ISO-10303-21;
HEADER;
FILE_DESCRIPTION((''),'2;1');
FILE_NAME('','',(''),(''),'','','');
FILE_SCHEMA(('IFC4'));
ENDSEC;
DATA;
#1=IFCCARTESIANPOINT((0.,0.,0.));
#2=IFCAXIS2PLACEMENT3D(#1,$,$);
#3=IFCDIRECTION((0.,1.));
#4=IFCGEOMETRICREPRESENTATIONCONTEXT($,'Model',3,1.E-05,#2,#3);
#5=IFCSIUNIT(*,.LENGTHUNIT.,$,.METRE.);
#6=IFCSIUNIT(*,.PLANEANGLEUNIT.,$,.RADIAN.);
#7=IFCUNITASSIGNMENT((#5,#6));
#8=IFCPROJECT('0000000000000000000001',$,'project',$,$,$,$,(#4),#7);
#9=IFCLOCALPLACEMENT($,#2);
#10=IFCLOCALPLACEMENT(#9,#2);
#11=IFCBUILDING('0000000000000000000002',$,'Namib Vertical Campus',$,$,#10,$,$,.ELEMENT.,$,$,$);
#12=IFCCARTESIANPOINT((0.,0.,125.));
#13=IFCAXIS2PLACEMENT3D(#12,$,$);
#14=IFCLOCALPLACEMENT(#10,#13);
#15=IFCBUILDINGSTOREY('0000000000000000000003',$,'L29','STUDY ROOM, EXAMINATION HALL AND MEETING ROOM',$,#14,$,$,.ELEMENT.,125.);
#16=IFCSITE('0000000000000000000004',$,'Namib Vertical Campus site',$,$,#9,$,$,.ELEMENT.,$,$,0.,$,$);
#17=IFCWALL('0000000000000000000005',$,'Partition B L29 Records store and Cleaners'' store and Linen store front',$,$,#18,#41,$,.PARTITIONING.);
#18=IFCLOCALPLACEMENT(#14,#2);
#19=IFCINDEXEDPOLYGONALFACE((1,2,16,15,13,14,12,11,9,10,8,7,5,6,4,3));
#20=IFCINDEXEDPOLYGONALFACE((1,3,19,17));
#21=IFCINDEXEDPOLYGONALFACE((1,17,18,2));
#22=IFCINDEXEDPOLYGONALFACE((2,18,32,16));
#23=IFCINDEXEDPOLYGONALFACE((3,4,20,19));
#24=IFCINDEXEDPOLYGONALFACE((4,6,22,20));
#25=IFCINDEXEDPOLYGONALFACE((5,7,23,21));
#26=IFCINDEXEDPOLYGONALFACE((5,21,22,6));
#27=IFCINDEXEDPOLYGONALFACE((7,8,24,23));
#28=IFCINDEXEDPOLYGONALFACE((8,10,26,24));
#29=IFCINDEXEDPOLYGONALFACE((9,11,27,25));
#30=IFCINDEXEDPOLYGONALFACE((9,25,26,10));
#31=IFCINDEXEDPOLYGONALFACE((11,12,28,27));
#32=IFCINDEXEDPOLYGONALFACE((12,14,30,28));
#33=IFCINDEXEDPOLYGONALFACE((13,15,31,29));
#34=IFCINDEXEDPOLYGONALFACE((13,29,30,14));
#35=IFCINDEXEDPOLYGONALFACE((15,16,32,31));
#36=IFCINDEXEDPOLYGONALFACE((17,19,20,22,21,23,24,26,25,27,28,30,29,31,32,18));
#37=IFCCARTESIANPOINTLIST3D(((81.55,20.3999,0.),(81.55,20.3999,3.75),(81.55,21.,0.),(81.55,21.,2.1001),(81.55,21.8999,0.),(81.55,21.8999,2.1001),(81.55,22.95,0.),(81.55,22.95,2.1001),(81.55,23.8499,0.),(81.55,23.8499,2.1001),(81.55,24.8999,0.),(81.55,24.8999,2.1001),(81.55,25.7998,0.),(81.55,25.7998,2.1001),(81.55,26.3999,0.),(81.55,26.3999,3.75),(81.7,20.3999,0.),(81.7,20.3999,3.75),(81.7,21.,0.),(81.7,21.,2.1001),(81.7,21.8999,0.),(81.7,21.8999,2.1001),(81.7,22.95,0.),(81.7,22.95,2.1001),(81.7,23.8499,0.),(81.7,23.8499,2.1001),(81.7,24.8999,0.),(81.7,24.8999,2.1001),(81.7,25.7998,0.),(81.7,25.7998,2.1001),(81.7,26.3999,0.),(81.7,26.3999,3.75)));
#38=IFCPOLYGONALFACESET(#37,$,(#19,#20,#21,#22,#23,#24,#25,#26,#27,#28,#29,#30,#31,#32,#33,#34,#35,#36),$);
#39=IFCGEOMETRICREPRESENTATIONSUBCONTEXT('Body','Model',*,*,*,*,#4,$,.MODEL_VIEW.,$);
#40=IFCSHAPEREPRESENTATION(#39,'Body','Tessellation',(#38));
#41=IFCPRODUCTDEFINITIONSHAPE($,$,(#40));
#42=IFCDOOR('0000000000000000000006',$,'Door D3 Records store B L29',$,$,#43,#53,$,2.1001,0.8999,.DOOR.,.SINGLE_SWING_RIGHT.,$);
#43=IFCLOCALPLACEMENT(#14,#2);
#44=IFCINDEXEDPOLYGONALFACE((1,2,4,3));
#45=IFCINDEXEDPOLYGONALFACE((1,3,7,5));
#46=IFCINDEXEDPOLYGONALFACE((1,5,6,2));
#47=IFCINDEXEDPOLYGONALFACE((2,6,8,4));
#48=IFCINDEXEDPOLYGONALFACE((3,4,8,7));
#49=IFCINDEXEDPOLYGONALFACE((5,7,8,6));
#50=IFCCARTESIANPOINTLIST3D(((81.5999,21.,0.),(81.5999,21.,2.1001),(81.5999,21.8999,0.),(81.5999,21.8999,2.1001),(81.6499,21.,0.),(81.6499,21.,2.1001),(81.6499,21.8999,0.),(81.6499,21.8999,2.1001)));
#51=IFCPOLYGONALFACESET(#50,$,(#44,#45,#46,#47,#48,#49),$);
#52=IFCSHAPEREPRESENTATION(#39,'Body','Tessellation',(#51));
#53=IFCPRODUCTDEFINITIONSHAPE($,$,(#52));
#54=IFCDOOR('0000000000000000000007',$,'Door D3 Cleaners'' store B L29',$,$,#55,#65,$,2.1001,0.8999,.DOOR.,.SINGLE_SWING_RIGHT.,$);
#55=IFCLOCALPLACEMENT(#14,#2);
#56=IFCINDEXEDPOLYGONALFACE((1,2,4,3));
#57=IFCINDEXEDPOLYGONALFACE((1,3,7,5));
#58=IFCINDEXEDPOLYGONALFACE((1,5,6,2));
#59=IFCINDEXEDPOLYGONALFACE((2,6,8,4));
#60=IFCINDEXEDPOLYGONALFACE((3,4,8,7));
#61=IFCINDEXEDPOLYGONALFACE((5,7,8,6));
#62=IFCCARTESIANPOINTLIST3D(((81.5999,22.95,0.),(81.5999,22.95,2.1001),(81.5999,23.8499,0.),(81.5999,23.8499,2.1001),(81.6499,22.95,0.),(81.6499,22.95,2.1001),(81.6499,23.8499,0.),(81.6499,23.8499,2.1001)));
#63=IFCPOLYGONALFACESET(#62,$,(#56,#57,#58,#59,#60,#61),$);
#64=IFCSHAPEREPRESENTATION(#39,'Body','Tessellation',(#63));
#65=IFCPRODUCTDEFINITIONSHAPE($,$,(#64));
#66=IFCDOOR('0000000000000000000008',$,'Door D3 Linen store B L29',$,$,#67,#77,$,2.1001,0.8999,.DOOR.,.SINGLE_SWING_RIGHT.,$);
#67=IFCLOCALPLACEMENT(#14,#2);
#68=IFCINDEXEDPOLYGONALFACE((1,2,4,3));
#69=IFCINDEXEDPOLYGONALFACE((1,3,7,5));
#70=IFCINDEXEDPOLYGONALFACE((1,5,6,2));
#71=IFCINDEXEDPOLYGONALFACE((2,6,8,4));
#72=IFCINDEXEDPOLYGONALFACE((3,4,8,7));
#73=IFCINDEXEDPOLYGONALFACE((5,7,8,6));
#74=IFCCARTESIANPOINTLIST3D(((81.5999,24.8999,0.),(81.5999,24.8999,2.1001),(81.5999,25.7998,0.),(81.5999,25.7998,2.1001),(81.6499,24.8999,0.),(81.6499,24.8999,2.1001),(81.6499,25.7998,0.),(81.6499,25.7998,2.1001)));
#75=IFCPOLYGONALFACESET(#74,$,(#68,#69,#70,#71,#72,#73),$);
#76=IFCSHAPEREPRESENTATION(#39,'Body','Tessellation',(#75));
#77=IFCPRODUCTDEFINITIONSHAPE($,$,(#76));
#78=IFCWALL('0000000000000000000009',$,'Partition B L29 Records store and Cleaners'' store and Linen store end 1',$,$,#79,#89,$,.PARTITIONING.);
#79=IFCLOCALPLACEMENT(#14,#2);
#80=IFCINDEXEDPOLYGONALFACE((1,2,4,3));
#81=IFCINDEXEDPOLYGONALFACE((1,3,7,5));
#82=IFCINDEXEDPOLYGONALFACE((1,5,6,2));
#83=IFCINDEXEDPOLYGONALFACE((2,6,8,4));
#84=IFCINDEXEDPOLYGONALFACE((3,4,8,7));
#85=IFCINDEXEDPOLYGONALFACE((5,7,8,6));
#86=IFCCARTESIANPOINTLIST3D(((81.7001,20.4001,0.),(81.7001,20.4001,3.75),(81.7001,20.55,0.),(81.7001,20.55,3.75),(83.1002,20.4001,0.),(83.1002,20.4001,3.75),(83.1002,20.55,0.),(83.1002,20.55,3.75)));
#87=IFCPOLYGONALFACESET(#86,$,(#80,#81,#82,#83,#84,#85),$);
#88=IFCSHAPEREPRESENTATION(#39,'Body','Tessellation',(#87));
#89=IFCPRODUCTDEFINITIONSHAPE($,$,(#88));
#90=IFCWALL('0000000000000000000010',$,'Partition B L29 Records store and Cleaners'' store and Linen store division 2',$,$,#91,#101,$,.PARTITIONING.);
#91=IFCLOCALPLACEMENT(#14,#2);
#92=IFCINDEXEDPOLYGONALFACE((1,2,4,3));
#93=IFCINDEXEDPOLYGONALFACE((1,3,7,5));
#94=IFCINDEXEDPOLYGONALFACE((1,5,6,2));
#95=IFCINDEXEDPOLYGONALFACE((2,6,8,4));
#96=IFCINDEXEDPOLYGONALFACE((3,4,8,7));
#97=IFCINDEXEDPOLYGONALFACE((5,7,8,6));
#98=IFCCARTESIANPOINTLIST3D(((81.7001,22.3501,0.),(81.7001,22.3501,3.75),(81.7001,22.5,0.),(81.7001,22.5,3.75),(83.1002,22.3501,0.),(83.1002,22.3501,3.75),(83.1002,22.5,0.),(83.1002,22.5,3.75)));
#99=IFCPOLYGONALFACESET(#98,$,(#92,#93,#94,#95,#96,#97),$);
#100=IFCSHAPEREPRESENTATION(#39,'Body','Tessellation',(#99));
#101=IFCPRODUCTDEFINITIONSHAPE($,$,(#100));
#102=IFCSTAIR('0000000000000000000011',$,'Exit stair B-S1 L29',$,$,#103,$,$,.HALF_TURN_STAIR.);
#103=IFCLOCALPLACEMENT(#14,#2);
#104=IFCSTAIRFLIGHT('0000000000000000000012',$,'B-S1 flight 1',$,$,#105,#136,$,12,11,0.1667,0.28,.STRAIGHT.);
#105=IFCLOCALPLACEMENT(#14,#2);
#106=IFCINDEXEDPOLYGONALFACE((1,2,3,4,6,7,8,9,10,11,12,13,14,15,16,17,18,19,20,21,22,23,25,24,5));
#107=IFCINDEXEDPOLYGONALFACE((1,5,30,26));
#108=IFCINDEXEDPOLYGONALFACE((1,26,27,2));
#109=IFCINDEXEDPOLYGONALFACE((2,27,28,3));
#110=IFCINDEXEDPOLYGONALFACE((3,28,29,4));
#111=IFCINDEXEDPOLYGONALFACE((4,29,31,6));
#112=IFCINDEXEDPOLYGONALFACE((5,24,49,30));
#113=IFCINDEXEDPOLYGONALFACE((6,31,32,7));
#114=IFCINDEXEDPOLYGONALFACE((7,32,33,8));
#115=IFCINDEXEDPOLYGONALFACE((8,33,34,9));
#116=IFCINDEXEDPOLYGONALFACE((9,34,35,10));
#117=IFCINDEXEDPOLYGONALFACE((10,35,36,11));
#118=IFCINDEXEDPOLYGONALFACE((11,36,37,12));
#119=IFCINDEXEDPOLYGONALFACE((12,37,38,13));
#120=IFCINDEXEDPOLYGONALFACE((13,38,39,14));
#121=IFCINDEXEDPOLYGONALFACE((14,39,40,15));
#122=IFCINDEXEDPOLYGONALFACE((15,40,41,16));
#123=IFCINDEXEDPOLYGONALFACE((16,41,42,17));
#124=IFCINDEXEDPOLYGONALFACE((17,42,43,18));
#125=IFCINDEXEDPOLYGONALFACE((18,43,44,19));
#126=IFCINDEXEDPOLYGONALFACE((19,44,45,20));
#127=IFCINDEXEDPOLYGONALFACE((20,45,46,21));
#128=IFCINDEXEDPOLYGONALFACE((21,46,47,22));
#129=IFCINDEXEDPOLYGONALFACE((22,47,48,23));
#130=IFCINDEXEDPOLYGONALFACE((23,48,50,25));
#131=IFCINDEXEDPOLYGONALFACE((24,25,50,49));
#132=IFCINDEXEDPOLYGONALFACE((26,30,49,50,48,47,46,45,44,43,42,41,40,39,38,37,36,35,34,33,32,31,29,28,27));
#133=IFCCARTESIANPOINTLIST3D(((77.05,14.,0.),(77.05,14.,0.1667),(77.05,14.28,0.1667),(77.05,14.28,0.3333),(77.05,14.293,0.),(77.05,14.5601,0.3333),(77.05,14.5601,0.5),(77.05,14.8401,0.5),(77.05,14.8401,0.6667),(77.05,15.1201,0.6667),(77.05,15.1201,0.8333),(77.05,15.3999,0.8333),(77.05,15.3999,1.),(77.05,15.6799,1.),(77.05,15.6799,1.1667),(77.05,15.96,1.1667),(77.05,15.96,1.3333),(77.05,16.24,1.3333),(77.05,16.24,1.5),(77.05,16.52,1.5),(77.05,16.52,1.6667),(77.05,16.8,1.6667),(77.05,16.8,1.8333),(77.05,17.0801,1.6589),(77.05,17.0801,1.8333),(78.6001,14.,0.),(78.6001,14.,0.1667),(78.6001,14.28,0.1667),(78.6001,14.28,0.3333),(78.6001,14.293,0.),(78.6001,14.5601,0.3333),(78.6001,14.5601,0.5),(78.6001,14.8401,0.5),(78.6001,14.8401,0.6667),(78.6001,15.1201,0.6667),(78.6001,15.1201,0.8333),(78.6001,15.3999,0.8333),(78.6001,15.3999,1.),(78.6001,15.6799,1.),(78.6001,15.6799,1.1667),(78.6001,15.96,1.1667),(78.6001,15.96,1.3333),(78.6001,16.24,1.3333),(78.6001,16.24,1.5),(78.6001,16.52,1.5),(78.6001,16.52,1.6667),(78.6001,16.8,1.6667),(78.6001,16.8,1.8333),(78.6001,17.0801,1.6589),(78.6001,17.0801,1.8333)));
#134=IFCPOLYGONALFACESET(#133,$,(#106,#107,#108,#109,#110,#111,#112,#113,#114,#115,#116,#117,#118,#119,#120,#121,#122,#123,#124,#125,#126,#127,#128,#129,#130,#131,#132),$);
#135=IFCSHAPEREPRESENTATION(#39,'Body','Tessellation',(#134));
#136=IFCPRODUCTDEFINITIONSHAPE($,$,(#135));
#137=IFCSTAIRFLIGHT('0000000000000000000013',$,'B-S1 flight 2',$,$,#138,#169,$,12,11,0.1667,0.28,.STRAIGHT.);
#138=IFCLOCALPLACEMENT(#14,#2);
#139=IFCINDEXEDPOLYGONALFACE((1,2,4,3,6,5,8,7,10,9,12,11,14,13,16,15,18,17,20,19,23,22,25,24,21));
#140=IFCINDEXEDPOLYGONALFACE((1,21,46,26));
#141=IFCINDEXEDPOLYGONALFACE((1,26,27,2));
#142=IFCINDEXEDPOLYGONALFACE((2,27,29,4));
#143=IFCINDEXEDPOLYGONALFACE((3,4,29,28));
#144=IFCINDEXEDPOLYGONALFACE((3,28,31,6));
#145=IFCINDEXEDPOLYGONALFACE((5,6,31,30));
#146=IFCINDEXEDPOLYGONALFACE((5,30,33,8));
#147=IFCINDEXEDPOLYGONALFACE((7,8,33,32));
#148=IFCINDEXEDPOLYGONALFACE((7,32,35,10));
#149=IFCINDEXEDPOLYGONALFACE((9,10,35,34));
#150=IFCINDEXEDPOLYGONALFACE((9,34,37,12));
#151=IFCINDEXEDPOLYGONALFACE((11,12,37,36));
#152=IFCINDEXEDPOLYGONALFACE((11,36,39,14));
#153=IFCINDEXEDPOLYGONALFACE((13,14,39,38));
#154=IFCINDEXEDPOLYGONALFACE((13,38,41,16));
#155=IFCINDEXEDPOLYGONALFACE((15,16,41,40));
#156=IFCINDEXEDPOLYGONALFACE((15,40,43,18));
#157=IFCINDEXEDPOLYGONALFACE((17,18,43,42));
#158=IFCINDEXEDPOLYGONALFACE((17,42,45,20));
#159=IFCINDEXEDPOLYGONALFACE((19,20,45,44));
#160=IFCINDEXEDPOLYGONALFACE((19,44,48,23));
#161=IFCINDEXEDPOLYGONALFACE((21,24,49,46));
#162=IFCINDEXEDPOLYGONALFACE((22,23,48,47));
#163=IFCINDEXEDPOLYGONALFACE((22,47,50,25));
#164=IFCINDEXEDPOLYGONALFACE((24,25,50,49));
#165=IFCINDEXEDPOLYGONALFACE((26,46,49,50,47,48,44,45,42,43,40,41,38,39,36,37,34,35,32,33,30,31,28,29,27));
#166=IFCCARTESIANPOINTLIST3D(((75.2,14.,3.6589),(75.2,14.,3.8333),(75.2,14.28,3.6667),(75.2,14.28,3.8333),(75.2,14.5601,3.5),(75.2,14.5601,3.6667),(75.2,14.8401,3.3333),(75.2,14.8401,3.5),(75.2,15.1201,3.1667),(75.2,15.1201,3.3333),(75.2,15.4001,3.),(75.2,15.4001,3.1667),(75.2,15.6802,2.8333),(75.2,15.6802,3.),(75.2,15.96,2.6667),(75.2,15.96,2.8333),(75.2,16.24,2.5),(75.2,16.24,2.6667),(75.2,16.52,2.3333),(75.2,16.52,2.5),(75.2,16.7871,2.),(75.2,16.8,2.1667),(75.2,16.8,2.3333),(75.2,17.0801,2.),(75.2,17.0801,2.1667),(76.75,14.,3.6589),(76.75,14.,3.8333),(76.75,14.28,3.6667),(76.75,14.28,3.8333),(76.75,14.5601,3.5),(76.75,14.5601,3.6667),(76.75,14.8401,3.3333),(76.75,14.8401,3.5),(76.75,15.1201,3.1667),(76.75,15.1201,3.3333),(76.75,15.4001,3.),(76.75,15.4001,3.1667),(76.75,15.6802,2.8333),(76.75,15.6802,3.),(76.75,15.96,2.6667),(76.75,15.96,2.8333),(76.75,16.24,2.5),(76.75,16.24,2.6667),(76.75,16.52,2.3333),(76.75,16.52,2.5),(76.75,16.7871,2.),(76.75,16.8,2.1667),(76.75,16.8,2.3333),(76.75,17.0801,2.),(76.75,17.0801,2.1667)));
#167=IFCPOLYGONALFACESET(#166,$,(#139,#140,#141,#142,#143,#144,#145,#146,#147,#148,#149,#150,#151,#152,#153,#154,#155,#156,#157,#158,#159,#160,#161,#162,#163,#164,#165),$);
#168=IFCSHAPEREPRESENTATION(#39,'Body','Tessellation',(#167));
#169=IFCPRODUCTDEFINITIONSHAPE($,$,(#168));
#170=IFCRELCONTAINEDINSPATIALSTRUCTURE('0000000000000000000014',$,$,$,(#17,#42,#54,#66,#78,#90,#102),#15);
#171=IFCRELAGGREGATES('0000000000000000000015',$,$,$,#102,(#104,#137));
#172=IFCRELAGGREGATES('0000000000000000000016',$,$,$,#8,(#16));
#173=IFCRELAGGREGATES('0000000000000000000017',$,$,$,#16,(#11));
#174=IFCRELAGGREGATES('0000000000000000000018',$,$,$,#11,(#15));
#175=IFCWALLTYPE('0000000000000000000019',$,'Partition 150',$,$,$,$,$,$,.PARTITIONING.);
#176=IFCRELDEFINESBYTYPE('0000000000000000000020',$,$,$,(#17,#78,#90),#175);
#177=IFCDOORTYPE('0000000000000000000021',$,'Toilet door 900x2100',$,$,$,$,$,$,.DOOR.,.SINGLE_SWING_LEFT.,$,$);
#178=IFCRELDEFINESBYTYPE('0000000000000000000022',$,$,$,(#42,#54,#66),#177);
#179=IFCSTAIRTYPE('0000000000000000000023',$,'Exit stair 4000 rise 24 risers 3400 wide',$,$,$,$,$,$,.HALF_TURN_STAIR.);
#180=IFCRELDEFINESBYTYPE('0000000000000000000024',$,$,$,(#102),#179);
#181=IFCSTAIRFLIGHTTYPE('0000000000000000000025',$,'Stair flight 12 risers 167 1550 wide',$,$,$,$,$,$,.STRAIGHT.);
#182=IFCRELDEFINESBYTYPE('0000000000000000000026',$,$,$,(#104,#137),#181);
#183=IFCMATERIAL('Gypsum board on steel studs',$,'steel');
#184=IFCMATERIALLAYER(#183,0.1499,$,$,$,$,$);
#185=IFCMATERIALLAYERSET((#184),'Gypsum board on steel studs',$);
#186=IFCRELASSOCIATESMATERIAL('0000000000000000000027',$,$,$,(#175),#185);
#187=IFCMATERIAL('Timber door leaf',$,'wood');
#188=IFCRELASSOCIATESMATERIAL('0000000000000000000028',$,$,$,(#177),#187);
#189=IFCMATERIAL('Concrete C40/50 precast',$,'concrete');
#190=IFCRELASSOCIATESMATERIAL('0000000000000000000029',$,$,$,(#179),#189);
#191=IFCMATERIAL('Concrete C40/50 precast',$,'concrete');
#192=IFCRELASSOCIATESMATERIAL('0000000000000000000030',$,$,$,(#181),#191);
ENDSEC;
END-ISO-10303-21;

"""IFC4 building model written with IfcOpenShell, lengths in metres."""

from ifc_helpers import new_model, si_unit, direction, frame, frame_2d, origin, place, context, subcontext, project, spatial, polyline, rectangle, outline, extrude, material, layer, layer_set, type_object, element, fill, aggregate, save


model = new_model("IFC4")

# Units and contexts
model_context = context("Model", 3, precision=1e-05, world=origin(), true_north=direction((0.0, 1.0)))
body_context = subcontext(model_context, "Body", "Model", "MODEL_VIEW")
ifc_project = project(units=[si_unit("LENGTHUNIT", "METRE"), si_unit("PLANEANGLEUNIT", "RADIAN")], contexts=[model_context])

# Site, building, storey
site_placement = place(None, origin())
site = spatial("IfcSite", under=ifc_project, at=site_placement, Name="Namib Vertical Campus site", CompositionType="ELEMENT", RefElevation=0.0)
building_placement = place(site_placement, origin())
building = spatial("IfcBuilding", under=site, at=building_placement, Name="Namib Vertical Campus", CompositionType="ELEMENT")
storey_placement = place(building_placement, frame((0.0, 0.0, 125.0)))
storey = spatial("IfcBuildingStorey", under=building, at=storey_placement, Name="L29", Description="STUDY ROOM, EXAMINATION HALL AND MEETING ROOM", CompositionType="ELEMENT", Elevation=125.0)

# Wall, openings, doors
ifc_material_1 = material(Name="Gypsum board on steel studs", Category="steel")
ifc_layer_1 = layer(ifc_material_1, 0.1499)
ifc_layer_set_1 = layer_set([ifc_layer_1], Name="Gypsum board on steel studs")
wall_type_1 = type_object("IfcWallType", Name="Partition 150", PredefinedType="PARTITIONING", material=ifc_layer_set_1)
wall_1_placement = place(storey_placement, frame((81.625, 20.3999, 0.0), z_axis=(0.0, 0.0, 1.0), x_axis=(0.0, 1.0, 0.0)))
wall_1 = element("IfcWall", 1, at=wall_1_placement, inside=storey, type_object=wall_type_1, Name="Partition B L29 Records store and Cleaners' store and Linen store front", PredefinedType="PARTITIONING", context=body_context, shape_type="SweptSolid", body=[
    extrude(rectangle(XDim=6.0, YDim=0.1499, at=frame_2d((3.0, 0.0))), origin(), (0.0, 0.0, 1.0), 3.75),
])
opening_1_placement = place(wall_1_placement, frame((0.6001, 0.0, 0.0)))
opening_1 = element("IfcOpeningElement", 2, at=opening_1_placement, cuts=wall_1, PredefinedType="OPENING", context=body_context, shape_type="SweptSolid", body=[
    extrude(rectangle(XDim=0.8999, YDim=2.1001, at=frame_2d((0.45, 1.05))), frame((0.0, 0.085, 0.0), z_axis=(0.0, -1.0, 0.0), x_axis=(1.0, 0.0, 0.0)), (0.0, 0.0, 1.0), 0.1699),
])
opening_2_placement = place(wall_1_placement, frame((2.55, 0.0, 0.0)))
opening_2 = element("IfcOpeningElement", 3, at=opening_2_placement, cuts=wall_1, PredefinedType="OPENING", context=body_context, shape_type="SweptSolid", body=[
    extrude(rectangle(XDim=0.8999, YDim=2.1001, at=frame_2d((0.45, 1.05))), frame((0.0, 0.085, 0.0), z_axis=(0.0, -1.0, 0.0), x_axis=(1.0, 0.0, 0.0)), (0.0, 0.0, 1.0), 0.1699),
])
opening_3_placement = place(wall_1_placement, frame((4.5, 0.0, 0.0)))
opening_3 = element("IfcOpeningElement", 4, at=opening_3_placement, cuts=wall_1, PredefinedType="OPENING", context=body_context, shape_type="SweptSolid", body=[
    extrude(rectangle(XDim=0.8999, YDim=2.1001, at=frame_2d((0.45, 1.05))), frame((0.0, 0.085, 0.0), z_axis=(0.0, -1.0, 0.0), x_axis=(1.0, 0.0, 0.0)), (0.0, 0.0, 1.0), 0.1699),
])
ifc_material_2 = material(Name="Timber door leaf", Category="wood")
door_type_1 = type_object("IfcDoorType", Name="Toilet door 900x2100", OperationType="SINGLE_SWING_LEFT", PredefinedType="DOOR", material=ifc_material_2)
door_1_placement = place(opening_1_placement, frame((0.8999, 0.0, 0.0), z_axis=(0.0, 0.0, 1.0), x_axis=(-1.0, 0.0, 0.0)))
door_1 = element("IfcDoor", 5, at=door_1_placement, inside=storey, type_object=door_type_1, Name="Door D3 Records store B L29", OperationType="SINGLE_SWING_RIGHT", OverallHeight=2.1001, OverallWidth=0.8999, PredefinedType="DOOR", context=body_context, shape_type="SweptSolid", body=[
    extrude(rectangle(XDim=0.8999, YDim=2.1001, at=frame_2d((0.45, 1.05))), frame((0.0, 0.0249, 0.0), z_axis=(0.0, -1.0, 0.0), x_axis=(1.0, 0.0, 0.0)), (0.0, 0.0, 1.0), 0.05),
])
fill(opening_1, door_1)
door_2_placement = place(opening_2_placement, frame((0.8999, 0.0, 0.0), z_axis=(0.0, 0.0, 1.0), x_axis=(-1.0, 0.0, 0.0)))
door_2 = element("IfcDoor", 6, at=door_2_placement, inside=storey, type_object=door_type_1, Name="Door D3 Cleaners' store B L29", OperationType="SINGLE_SWING_RIGHT", OverallHeight=2.1001, OverallWidth=0.8999, PredefinedType="DOOR", context=body_context, shape_type="SweptSolid", body=[
    extrude(rectangle(XDim=0.8999, YDim=2.1001, at=frame_2d((0.45, 1.05))), frame((0.0, 0.0249, 0.0), z_axis=(0.0, -1.0, 0.0), x_axis=(1.0, 0.0, 0.0)), (0.0, 0.0, 1.0), 0.05),
])
fill(opening_2, door_2)
door_3_placement = place(opening_3_placement, frame((0.8999, 0.0, 0.0), z_axis=(0.0, 0.0, 1.0), x_axis=(-1.0, 0.0, 0.0)))
door_3 = element("IfcDoor", 7, at=door_3_placement, inside=storey, type_object=door_type_1, Name="Door D3 Linen store B L29", OperationType="SINGLE_SWING_RIGHT", OverallHeight=2.1001, OverallWidth=0.8999, PredefinedType="DOOR", context=body_context, shape_type="SweptSolid", body=[
    extrude(rectangle(XDim=0.8999, YDim=2.1001, at=frame_2d((0.45, 1.05))), frame((0.0, 0.0249, 0.0), z_axis=(0.0, -1.0, 0.0), x_axis=(1.0, 0.0, 0.0)), (0.0, 0.0, 1.0), 0.05),
])
fill(opening_3, door_3)

# Walls
for number, where, z_axis, x_axis, name in (
    (8, (81.7, 20.4751, 0.0), (0.0, 0.0, 1.0), (1.0, 0.0, 0.0), "Partition B L29 Records store and Cleaners' store and Linen store end 1"),
    (9, (81.7, 22.425, 0.0), (0.0, 0.0, 1.0), (1.0, 0.0, 0.0), "Partition B L29 Records store and Cleaners' store and Linen store division 2"),
):
    element("IfcWall", number, at=place(storey_placement, frame(where, z_axis=z_axis, x_axis=x_axis)), inside=storey, type_object=wall_type_1, Name=name, PredefinedType="PARTITIONING", context=body_context, shape_type="SweptSolid", body=[
        extrude(rectangle(XDim=1.4001, YDim=0.1499, at=frame_2d((0.7002, 0.0))), origin(), (0.0, 0.0, 1.0), 3.75),
    ])

# Stair, stair flights
ifc_material_3 = material(Name="Concrete C40/50 precast", Category="concrete")
stair_type = type_object("IfcStairType", Name="Exit stair 4000 rise 24 risers 3400 wide", PredefinedType="HALF_TURN_STAIR", material=ifc_material_3)
stair_placement = place(storey_placement, origin())
stair = element("IfcStair", 10, at=stair_placement, inside=storey, type_object=stair_type, Name="Exit stair B-S1 L29", PredefinedType="HALF_TURN_STAIR")
ifc_material_4 = material(Name="Concrete C40/50 precast", Category="concrete")
stair_flight_type = type_object("IfcStairFlightType", Name="Stair flight 12 risers 167 1550 wide", PredefinedType="STRAIGHT", material=ifc_material_4)
stair_flight_1_placement = place(storey_placement, frame((77.825, 14.0, 0.0), z_axis=(0.0, 0.0, 1.0), x_axis=(0.0, 1.0, 0.0)))
stair_flight_1 = element("IfcStairFlight", 11, at=stair_flight_1_placement, type_object=stair_flight_type, Name="B-S1 flight 1", NumberOfRisers=12, NumberOfTreads=11, PredefinedType="STRAIGHT", RiserHeight=0.1667, TreadLength=0.28, context=body_context, shape_type="SweptSolid", body=[
    extrude(outline(polyline([(0.0, 0.0), (0.0, 0.1667), (0.28, 0.1667), (0.28, 0.3333), (0.5601, 0.3333), (0.5601, 0.5), (0.8401, 0.5), (0.8401, 0.6667), (1.1201, 0.6667), (1.1201, 0.8333), (1.3999, 0.8333), (1.3999, 1.0), (1.6799, 1.0), (1.6799, 1.1667), (1.96, 1.1667), (1.96, 1.3333), (2.24, 1.3333), (2.24, 1.5), (2.52, 1.5), (2.52, 1.6667), (2.8, 1.6667), (2.8, 1.8333), (3.0801, 1.8333), (3.0801, 2.0), (3.0801, 1.6589), (0.293, 0.0), (0.0, 0.0)])), frame((0.0, 0.7749, 0.0), z_axis=(0.0, -1.0, 0.0), x_axis=(1.0, 0.0, 0.0)), (0.0, 0.0, 1.0), 1.55),
])
stair_flight_2_placement = place(storey_placement, frame((75.9751, 17.0801, 2.0), z_axis=(0.0, 0.0, 1.0), x_axis=(0.0, -1.0, 0.0)))
stair_flight_2 = element("IfcStairFlight", 12, at=stair_flight_2_placement, type_object=stair_flight_type, Name="B-S1 flight 2", NumberOfRisers=12, NumberOfTreads=11, PredefinedType="STRAIGHT", RiserHeight=0.1667, TreadLength=0.28, context=body_context, shape_type="SweptSolid", body=[
    extrude(outline(polyline([(0.0, 0.0), (0.0, 0.1667), (0.28, 0.1667), (0.28, 0.3333), (0.5601, 0.3333), (0.5601, 0.5), (0.8401, 0.5), (0.8401, 0.6667), (1.1201, 0.6667), (1.1201, 0.8333), (1.3999, 0.8333), (1.3999, 1.0), (1.6799, 1.0), (1.6799, 1.1667), (1.96, 1.1667), (1.96, 1.3333), (2.24, 1.3333), (2.24, 1.5), (2.52, 1.5), (2.52, 1.6667), (2.8, 1.6667), (2.8, 1.8333), (3.0801, 1.8333), (3.0801, 2.0), (3.0801, 1.6589), (0.293, 0.0), (0.0, 0.0)])), frame((0.0, 0.7749, 0.0), z_axis=(0.0, -1.0, 0.0), x_axis=(1.0, 0.0, 0.0)), (0.0, 0.0, 1.0), 1.55),
])
aggregate(stair, [stair_flight_1, stair_flight_2])

save(model, "model.ifc")
